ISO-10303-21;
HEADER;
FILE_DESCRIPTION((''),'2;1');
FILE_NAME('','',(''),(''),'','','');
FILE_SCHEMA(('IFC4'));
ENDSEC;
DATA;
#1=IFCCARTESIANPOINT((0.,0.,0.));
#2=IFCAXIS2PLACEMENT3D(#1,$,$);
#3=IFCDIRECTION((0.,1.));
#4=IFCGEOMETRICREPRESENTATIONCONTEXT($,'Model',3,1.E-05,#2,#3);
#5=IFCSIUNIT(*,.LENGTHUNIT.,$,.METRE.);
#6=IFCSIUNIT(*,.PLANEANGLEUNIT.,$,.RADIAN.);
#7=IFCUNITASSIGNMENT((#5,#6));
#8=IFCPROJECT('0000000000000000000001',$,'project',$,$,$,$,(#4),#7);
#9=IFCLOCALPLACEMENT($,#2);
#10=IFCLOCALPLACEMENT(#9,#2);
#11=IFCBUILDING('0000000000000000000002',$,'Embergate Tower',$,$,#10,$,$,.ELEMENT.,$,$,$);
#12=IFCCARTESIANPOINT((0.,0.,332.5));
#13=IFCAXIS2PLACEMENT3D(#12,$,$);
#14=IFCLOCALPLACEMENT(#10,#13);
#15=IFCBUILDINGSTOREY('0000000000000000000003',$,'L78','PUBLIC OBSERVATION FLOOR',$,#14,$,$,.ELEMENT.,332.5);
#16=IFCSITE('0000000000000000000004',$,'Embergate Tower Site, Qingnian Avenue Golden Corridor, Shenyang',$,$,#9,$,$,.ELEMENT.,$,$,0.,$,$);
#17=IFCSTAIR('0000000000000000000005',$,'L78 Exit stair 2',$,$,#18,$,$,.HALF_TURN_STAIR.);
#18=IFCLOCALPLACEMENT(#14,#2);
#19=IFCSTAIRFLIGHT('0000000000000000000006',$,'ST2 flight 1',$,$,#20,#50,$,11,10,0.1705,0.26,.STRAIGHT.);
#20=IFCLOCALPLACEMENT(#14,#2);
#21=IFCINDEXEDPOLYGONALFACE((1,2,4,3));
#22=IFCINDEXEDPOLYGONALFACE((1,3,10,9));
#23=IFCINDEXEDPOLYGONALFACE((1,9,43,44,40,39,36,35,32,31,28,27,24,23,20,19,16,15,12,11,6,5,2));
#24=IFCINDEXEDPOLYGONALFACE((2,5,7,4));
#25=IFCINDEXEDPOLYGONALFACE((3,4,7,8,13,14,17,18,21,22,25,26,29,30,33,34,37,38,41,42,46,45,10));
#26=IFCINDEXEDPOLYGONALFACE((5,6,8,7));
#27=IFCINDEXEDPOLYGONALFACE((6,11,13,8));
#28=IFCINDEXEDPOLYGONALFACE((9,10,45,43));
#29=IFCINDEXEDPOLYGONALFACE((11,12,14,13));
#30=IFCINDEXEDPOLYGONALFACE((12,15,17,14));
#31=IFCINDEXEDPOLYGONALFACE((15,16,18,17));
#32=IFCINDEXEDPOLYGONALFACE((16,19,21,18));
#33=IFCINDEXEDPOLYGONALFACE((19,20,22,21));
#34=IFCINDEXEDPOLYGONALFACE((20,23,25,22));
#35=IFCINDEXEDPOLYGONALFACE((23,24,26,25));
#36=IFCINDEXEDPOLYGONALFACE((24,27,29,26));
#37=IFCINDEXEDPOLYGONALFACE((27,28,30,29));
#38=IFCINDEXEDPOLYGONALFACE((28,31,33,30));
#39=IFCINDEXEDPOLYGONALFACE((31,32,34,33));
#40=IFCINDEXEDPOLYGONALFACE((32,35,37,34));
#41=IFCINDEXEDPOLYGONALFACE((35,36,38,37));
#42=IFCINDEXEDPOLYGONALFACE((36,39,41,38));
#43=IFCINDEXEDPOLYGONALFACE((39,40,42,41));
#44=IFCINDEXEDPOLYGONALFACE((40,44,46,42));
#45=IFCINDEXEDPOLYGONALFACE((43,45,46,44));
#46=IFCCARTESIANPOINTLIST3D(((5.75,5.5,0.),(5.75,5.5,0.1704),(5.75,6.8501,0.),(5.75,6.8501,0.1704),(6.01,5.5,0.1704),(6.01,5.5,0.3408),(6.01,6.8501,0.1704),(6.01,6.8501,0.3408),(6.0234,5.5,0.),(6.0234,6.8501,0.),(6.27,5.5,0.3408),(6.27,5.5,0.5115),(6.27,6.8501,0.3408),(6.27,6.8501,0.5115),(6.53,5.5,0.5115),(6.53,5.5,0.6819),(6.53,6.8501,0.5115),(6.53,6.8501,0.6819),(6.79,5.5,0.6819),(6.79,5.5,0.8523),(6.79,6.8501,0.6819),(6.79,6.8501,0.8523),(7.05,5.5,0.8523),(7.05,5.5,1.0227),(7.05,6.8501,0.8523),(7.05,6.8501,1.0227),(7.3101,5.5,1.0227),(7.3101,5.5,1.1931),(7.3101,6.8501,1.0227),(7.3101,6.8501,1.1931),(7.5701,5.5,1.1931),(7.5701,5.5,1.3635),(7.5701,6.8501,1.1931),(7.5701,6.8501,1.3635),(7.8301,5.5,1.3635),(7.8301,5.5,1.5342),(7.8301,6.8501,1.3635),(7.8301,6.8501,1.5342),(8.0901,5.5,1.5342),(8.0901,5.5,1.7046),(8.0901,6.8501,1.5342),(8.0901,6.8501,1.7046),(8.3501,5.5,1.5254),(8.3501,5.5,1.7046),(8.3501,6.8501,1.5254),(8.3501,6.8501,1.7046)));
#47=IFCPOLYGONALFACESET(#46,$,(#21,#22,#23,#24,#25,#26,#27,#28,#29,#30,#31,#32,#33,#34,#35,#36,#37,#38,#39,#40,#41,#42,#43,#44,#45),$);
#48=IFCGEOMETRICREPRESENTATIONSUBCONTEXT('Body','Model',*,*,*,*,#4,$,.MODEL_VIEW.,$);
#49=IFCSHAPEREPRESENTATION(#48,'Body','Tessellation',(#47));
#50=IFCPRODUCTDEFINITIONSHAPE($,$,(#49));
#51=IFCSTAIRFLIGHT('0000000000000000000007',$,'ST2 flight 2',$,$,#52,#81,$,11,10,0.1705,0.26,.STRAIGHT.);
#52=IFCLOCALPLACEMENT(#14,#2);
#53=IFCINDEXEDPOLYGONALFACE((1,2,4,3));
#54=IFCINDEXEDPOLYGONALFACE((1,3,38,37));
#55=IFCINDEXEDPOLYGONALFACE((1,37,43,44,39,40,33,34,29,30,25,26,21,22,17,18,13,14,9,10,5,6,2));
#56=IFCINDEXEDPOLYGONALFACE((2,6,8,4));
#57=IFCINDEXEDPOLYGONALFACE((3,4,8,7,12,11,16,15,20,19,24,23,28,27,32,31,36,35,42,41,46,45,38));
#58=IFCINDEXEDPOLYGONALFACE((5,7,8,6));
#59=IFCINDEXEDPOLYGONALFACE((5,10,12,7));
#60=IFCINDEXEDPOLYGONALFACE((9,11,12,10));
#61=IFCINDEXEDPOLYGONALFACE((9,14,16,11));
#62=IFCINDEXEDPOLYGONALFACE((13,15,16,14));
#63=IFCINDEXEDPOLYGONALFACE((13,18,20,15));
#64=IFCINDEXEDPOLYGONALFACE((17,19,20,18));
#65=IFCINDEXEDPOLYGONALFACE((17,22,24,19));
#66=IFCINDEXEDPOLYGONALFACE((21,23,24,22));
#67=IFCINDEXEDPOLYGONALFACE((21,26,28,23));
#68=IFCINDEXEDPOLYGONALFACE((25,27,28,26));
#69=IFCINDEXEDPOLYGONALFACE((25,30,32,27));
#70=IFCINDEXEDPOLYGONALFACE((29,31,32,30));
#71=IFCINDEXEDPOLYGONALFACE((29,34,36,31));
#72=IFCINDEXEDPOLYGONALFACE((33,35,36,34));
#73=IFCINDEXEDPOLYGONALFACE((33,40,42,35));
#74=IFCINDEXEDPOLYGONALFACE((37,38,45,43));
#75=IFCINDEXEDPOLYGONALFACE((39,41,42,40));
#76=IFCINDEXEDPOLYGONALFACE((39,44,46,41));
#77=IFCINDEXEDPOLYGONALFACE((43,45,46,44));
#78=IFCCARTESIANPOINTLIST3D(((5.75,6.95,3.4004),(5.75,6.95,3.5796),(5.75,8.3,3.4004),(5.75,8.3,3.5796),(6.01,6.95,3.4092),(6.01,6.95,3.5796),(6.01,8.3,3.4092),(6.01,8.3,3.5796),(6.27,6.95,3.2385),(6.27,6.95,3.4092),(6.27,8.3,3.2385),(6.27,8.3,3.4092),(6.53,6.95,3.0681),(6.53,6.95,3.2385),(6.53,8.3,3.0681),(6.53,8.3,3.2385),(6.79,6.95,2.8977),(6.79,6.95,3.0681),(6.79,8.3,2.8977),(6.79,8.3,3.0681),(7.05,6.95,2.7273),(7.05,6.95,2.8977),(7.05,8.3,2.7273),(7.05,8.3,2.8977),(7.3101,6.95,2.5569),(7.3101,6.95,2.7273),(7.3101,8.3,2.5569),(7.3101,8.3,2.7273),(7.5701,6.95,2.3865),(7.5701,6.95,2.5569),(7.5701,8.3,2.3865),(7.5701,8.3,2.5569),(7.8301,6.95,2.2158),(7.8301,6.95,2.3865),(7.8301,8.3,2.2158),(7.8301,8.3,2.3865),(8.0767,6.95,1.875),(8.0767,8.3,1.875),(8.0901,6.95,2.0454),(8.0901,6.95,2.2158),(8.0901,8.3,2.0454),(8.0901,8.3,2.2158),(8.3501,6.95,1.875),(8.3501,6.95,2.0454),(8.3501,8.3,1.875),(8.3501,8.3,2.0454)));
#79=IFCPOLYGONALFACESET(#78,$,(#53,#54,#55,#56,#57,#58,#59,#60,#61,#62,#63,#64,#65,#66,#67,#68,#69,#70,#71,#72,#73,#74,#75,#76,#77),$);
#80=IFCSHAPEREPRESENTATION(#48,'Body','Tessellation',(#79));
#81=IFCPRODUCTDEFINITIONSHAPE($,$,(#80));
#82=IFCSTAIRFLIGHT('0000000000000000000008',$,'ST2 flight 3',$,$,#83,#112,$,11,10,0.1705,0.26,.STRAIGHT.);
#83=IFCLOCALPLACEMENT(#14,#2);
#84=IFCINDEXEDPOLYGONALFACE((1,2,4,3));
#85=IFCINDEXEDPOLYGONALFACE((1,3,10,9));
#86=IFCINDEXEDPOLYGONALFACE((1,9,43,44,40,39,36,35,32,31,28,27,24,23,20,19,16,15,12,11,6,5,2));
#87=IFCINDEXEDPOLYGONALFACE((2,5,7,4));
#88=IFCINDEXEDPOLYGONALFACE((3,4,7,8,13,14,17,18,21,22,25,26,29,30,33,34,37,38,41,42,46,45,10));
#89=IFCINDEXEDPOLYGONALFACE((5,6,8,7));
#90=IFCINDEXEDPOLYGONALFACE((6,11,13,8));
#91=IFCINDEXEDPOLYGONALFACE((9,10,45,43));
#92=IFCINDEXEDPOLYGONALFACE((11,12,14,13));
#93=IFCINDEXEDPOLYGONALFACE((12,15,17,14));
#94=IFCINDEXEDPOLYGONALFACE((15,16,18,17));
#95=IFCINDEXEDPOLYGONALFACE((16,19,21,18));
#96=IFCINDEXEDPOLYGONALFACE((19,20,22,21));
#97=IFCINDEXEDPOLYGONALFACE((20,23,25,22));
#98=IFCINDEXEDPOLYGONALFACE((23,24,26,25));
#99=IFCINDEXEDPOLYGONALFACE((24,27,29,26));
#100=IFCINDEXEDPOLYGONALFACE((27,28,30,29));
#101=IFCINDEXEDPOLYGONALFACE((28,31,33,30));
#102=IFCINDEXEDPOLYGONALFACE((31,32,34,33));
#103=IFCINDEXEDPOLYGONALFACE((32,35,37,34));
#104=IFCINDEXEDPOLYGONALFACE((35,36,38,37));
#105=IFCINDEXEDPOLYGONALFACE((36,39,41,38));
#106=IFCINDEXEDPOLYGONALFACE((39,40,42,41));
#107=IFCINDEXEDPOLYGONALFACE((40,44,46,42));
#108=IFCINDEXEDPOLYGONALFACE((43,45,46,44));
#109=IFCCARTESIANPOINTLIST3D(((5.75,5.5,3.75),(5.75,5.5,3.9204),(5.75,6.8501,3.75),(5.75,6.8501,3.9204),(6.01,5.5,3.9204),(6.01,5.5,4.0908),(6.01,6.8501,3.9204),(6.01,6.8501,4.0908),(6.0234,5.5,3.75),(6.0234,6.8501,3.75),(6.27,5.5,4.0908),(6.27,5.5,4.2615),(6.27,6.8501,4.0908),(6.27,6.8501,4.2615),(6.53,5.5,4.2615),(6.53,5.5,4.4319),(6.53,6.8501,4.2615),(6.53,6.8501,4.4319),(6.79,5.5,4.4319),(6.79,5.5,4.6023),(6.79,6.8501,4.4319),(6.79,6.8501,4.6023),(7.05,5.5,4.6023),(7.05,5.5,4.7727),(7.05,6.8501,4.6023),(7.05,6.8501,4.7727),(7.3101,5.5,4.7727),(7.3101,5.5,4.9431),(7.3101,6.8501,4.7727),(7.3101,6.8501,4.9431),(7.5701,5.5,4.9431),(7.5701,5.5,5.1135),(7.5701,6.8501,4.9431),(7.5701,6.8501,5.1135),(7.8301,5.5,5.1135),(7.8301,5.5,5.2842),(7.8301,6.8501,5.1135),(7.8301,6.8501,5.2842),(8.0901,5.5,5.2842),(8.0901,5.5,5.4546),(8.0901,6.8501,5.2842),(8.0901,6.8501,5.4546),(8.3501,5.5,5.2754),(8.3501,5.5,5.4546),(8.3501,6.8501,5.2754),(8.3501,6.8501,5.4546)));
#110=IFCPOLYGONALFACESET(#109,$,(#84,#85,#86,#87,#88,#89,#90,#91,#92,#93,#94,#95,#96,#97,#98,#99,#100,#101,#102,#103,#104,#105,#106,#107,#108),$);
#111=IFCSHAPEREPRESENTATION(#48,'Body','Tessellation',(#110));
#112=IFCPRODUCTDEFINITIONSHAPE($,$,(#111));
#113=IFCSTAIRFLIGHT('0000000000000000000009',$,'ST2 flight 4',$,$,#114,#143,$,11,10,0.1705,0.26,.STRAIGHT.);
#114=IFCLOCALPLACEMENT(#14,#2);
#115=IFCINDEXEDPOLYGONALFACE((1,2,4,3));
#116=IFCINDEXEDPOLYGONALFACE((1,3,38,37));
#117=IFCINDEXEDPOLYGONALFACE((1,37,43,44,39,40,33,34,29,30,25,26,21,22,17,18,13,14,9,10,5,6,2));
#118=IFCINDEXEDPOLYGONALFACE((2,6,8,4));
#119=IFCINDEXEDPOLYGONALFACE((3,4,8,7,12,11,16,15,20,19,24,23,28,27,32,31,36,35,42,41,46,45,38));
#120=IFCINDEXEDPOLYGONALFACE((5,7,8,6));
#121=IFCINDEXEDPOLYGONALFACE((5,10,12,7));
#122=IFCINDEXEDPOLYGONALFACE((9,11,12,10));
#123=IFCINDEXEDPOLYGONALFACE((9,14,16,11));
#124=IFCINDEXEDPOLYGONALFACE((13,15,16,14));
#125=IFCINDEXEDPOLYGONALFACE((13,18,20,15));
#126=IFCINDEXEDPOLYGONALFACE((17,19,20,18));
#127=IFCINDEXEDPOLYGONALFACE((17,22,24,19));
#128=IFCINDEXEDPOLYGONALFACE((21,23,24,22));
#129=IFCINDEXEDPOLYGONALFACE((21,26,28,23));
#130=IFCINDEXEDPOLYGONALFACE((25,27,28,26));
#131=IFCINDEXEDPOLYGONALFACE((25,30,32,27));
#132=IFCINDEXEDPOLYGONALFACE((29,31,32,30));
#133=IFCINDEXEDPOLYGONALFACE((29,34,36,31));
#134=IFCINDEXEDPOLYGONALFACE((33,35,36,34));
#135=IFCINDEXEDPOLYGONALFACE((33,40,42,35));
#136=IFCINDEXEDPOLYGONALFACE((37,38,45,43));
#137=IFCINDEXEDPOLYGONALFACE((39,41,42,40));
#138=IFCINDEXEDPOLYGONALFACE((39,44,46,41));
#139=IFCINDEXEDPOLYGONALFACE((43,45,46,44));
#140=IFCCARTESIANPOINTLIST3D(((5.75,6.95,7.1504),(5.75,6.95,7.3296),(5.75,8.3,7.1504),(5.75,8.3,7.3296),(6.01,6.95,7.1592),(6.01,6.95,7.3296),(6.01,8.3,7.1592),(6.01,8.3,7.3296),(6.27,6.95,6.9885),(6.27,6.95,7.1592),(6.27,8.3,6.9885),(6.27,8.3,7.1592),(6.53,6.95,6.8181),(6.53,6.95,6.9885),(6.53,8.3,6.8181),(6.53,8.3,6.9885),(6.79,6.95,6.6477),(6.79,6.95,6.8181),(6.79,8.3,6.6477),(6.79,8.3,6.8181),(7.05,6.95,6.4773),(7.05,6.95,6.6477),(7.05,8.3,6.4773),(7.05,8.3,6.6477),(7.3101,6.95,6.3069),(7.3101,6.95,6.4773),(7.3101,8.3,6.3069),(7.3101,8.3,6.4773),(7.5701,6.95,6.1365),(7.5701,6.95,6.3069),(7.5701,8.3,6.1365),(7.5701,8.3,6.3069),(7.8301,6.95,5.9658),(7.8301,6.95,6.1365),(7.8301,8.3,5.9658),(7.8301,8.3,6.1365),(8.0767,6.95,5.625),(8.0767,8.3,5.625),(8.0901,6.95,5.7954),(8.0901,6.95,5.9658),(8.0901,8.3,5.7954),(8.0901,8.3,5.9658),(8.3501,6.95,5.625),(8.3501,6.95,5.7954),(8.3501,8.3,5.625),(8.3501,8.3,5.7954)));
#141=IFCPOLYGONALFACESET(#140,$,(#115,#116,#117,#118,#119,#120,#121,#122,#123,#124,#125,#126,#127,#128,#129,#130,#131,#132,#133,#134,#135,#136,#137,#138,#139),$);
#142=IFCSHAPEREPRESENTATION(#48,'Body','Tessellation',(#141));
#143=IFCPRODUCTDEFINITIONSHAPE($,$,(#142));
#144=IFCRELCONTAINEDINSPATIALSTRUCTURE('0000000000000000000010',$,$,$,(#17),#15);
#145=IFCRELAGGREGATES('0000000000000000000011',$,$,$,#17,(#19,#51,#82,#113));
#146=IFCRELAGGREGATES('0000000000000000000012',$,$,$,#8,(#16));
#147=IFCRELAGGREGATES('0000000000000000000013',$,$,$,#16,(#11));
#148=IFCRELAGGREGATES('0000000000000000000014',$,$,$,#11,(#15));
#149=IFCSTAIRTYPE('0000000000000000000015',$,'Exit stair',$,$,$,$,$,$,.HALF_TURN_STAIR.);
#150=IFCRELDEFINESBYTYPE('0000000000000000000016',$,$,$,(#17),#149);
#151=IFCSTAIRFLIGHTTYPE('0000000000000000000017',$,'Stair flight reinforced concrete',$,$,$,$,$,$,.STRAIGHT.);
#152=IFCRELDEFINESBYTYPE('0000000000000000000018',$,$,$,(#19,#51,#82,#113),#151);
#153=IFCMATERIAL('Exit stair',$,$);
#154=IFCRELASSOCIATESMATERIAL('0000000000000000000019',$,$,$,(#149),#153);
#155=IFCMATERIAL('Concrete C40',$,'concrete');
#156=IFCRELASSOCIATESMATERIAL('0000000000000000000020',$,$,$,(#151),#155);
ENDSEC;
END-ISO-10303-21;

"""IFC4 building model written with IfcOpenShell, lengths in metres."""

from ifc_helpers import new_model, si_unit, direction, frame, origin, place, context, subcontext, project, spatial, polyline, outline, extrude, source, transform, mapped, material, type_object, element, aggregate, save


model = new_model("IFC4")

# Units and contexts
model_context = context("Model", 3, precision=1e-05, world=origin(), true_north=direction((0.0, 1.0)))
body_context = subcontext(model_context, "Body", "Model", "MODEL_VIEW")
ifc_project = project(units=[si_unit("LENGTHUNIT", "METRE"), si_unit("PLANEANGLEUNIT", "RADIAN")], contexts=[model_context])

# Site, building, storey
site_placement = place(None, origin())
site = spatial("IfcSite", under=ifc_project, at=site_placement, Name="Embergate Tower Site, Qingnian Avenue Golden Corridor, Shenyang", CompositionType="ELEMENT", RefElevation=0.0)
building_placement = place(site_placement, origin())
building = spatial("IfcBuilding", under=site, at=building_placement, Name="Embergate Tower", CompositionType="ELEMENT")
storey_placement = place(building_placement, frame((0.0, 0.0, 332.5)))
storey = spatial("IfcBuildingStorey", under=building, at=storey_placement, Name="L78", Description="PUBLIC OBSERVATION FLOOR", CompositionType="ELEMENT", Elevation=332.5)

# Stair
ifc_material_1 = material(Name="Exit stair")
stair_type = type_object("IfcStairType", Name="Exit stair", PredefinedType="HALF_TURN_STAIR", material=ifc_material_1)
stair_placement = place(storey_placement, origin())
stair = element("IfcStair", 1, at=stair_placement, inside=storey, type_object=stair_type, Name="L78 Exit stair 2", PredefinedType="HALF_TURN_STAIR")
ifc_material_2 = material(Name="Concrete C40", Category="concrete")

# Stair flights
stair_flight_type = type_object("IfcStairFlightType", Name="Stair flight reinforced concrete", PredefinedType="STRAIGHT", material=ifc_material_2)
shared_shape_1 = source(origin(), body_context, "Body", "SweptSolid", [
    extrude(outline(polyline([(0.0, 0.0), (0.0, 0.1704), (0.26, 0.1704), (0.26, 0.3408), (0.52, 0.3408), (0.52, 0.5115), (0.78, 0.5115), (0.78, 0.6819), (1.04, 0.6819), (1.04, 0.8523), (1.3, 0.8523), (1.3, 1.0227), (1.5601, 1.0227), (1.5601, 1.1931), (1.8201, 1.1931), (1.8201, 1.3635), (2.0801, 1.3635), (2.0801, 1.5342), (2.3401, 1.5342), (2.3401, 1.7046), (2.6001, 1.7046), (2.6001, 1.875), (2.6001, 1.5254), (0.2734, 0.0), (0.0, 0.0)])), frame((0.0, 0.675, 0.0), z_axis=(0.0, -1.0, 0.0), x_axis=(1.0, 0.0, 0.0)), (0.0, 0.0, 1.0), 1.3501),
])
stair_flight_1_placement = place(storey_placement, frame((5.75, 6.175, 0.0), z_axis=(0.0, 0.0, 1.0), x_axis=(1.0, 0.0, 0.0)))
stair_flight_1 = element("IfcStairFlight", 2, at=stair_flight_1_placement, type_object=stair_flight_type, Name="ST2 flight 1", NumberOfRisers=11, NumberOfTreads=10, PredefinedType="STRAIGHT", RiserHeight=0.1705, TreadLength=0.26, context=body_context, shape_type="MappedRepresentation", body=[
    mapped(shared_shape_1, transform((0.0, 0.0, 0.0))),
])
stair_flight_2_placement = place(storey_placement, frame((8.3501, 7.625, 1.875), z_axis=(0.0, 0.0, 1.0), x_axis=(-1.0, 0.0, 0.0)))
stair_flight_2 = element("IfcStairFlight", 3, at=stair_flight_2_placement, type_object=stair_flight_type, Name="ST2 flight 2", NumberOfRisers=11, NumberOfTreads=10, PredefinedType="STRAIGHT", RiserHeight=0.1705, TreadLength=0.26, context=body_context, shape_type="MappedRepresentation", body=[
    mapped(shared_shape_1, transform((0.0, 0.0, 0.0))),
])
stair_flight_3_placement = place(storey_placement, frame((5.75, 6.175, 3.75), z_axis=(0.0, 0.0, 1.0), x_axis=(1.0, 0.0, 0.0)))
stair_flight_3 = element("IfcStairFlight", 4, at=stair_flight_3_placement, type_object=stair_flight_type, Name="ST2 flight 3", NumberOfRisers=11, NumberOfTreads=10, PredefinedType="STRAIGHT", RiserHeight=0.1705, TreadLength=0.26, context=body_context, shape_type="MappedRepresentation", body=[
    mapped(shared_shape_1, transform((0.0, 0.0, 0.0))),
])
stair_flight_4_placement = place(storey_placement, frame((8.3501, 7.625, 5.625), z_axis=(0.0, 0.0, 1.0), x_axis=(-1.0, 0.0, 0.0)))
stair_flight_4 = element("IfcStairFlight", 5, at=stair_flight_4_placement, type_object=stair_flight_type, Name="ST2 flight 4", NumberOfRisers=11, NumberOfTreads=10, PredefinedType="STRAIGHT", RiserHeight=0.1705, TreadLength=0.26, context=body_context, shape_type="MappedRepresentation", body=[
    mapped(shared_shape_1, transform((0.0, 0.0, 0.0))),
])
aggregate(stair, [stair_flight_1, stair_flight_2, stair_flight_3, stair_flight_4])

save(model, "model.ifc")
